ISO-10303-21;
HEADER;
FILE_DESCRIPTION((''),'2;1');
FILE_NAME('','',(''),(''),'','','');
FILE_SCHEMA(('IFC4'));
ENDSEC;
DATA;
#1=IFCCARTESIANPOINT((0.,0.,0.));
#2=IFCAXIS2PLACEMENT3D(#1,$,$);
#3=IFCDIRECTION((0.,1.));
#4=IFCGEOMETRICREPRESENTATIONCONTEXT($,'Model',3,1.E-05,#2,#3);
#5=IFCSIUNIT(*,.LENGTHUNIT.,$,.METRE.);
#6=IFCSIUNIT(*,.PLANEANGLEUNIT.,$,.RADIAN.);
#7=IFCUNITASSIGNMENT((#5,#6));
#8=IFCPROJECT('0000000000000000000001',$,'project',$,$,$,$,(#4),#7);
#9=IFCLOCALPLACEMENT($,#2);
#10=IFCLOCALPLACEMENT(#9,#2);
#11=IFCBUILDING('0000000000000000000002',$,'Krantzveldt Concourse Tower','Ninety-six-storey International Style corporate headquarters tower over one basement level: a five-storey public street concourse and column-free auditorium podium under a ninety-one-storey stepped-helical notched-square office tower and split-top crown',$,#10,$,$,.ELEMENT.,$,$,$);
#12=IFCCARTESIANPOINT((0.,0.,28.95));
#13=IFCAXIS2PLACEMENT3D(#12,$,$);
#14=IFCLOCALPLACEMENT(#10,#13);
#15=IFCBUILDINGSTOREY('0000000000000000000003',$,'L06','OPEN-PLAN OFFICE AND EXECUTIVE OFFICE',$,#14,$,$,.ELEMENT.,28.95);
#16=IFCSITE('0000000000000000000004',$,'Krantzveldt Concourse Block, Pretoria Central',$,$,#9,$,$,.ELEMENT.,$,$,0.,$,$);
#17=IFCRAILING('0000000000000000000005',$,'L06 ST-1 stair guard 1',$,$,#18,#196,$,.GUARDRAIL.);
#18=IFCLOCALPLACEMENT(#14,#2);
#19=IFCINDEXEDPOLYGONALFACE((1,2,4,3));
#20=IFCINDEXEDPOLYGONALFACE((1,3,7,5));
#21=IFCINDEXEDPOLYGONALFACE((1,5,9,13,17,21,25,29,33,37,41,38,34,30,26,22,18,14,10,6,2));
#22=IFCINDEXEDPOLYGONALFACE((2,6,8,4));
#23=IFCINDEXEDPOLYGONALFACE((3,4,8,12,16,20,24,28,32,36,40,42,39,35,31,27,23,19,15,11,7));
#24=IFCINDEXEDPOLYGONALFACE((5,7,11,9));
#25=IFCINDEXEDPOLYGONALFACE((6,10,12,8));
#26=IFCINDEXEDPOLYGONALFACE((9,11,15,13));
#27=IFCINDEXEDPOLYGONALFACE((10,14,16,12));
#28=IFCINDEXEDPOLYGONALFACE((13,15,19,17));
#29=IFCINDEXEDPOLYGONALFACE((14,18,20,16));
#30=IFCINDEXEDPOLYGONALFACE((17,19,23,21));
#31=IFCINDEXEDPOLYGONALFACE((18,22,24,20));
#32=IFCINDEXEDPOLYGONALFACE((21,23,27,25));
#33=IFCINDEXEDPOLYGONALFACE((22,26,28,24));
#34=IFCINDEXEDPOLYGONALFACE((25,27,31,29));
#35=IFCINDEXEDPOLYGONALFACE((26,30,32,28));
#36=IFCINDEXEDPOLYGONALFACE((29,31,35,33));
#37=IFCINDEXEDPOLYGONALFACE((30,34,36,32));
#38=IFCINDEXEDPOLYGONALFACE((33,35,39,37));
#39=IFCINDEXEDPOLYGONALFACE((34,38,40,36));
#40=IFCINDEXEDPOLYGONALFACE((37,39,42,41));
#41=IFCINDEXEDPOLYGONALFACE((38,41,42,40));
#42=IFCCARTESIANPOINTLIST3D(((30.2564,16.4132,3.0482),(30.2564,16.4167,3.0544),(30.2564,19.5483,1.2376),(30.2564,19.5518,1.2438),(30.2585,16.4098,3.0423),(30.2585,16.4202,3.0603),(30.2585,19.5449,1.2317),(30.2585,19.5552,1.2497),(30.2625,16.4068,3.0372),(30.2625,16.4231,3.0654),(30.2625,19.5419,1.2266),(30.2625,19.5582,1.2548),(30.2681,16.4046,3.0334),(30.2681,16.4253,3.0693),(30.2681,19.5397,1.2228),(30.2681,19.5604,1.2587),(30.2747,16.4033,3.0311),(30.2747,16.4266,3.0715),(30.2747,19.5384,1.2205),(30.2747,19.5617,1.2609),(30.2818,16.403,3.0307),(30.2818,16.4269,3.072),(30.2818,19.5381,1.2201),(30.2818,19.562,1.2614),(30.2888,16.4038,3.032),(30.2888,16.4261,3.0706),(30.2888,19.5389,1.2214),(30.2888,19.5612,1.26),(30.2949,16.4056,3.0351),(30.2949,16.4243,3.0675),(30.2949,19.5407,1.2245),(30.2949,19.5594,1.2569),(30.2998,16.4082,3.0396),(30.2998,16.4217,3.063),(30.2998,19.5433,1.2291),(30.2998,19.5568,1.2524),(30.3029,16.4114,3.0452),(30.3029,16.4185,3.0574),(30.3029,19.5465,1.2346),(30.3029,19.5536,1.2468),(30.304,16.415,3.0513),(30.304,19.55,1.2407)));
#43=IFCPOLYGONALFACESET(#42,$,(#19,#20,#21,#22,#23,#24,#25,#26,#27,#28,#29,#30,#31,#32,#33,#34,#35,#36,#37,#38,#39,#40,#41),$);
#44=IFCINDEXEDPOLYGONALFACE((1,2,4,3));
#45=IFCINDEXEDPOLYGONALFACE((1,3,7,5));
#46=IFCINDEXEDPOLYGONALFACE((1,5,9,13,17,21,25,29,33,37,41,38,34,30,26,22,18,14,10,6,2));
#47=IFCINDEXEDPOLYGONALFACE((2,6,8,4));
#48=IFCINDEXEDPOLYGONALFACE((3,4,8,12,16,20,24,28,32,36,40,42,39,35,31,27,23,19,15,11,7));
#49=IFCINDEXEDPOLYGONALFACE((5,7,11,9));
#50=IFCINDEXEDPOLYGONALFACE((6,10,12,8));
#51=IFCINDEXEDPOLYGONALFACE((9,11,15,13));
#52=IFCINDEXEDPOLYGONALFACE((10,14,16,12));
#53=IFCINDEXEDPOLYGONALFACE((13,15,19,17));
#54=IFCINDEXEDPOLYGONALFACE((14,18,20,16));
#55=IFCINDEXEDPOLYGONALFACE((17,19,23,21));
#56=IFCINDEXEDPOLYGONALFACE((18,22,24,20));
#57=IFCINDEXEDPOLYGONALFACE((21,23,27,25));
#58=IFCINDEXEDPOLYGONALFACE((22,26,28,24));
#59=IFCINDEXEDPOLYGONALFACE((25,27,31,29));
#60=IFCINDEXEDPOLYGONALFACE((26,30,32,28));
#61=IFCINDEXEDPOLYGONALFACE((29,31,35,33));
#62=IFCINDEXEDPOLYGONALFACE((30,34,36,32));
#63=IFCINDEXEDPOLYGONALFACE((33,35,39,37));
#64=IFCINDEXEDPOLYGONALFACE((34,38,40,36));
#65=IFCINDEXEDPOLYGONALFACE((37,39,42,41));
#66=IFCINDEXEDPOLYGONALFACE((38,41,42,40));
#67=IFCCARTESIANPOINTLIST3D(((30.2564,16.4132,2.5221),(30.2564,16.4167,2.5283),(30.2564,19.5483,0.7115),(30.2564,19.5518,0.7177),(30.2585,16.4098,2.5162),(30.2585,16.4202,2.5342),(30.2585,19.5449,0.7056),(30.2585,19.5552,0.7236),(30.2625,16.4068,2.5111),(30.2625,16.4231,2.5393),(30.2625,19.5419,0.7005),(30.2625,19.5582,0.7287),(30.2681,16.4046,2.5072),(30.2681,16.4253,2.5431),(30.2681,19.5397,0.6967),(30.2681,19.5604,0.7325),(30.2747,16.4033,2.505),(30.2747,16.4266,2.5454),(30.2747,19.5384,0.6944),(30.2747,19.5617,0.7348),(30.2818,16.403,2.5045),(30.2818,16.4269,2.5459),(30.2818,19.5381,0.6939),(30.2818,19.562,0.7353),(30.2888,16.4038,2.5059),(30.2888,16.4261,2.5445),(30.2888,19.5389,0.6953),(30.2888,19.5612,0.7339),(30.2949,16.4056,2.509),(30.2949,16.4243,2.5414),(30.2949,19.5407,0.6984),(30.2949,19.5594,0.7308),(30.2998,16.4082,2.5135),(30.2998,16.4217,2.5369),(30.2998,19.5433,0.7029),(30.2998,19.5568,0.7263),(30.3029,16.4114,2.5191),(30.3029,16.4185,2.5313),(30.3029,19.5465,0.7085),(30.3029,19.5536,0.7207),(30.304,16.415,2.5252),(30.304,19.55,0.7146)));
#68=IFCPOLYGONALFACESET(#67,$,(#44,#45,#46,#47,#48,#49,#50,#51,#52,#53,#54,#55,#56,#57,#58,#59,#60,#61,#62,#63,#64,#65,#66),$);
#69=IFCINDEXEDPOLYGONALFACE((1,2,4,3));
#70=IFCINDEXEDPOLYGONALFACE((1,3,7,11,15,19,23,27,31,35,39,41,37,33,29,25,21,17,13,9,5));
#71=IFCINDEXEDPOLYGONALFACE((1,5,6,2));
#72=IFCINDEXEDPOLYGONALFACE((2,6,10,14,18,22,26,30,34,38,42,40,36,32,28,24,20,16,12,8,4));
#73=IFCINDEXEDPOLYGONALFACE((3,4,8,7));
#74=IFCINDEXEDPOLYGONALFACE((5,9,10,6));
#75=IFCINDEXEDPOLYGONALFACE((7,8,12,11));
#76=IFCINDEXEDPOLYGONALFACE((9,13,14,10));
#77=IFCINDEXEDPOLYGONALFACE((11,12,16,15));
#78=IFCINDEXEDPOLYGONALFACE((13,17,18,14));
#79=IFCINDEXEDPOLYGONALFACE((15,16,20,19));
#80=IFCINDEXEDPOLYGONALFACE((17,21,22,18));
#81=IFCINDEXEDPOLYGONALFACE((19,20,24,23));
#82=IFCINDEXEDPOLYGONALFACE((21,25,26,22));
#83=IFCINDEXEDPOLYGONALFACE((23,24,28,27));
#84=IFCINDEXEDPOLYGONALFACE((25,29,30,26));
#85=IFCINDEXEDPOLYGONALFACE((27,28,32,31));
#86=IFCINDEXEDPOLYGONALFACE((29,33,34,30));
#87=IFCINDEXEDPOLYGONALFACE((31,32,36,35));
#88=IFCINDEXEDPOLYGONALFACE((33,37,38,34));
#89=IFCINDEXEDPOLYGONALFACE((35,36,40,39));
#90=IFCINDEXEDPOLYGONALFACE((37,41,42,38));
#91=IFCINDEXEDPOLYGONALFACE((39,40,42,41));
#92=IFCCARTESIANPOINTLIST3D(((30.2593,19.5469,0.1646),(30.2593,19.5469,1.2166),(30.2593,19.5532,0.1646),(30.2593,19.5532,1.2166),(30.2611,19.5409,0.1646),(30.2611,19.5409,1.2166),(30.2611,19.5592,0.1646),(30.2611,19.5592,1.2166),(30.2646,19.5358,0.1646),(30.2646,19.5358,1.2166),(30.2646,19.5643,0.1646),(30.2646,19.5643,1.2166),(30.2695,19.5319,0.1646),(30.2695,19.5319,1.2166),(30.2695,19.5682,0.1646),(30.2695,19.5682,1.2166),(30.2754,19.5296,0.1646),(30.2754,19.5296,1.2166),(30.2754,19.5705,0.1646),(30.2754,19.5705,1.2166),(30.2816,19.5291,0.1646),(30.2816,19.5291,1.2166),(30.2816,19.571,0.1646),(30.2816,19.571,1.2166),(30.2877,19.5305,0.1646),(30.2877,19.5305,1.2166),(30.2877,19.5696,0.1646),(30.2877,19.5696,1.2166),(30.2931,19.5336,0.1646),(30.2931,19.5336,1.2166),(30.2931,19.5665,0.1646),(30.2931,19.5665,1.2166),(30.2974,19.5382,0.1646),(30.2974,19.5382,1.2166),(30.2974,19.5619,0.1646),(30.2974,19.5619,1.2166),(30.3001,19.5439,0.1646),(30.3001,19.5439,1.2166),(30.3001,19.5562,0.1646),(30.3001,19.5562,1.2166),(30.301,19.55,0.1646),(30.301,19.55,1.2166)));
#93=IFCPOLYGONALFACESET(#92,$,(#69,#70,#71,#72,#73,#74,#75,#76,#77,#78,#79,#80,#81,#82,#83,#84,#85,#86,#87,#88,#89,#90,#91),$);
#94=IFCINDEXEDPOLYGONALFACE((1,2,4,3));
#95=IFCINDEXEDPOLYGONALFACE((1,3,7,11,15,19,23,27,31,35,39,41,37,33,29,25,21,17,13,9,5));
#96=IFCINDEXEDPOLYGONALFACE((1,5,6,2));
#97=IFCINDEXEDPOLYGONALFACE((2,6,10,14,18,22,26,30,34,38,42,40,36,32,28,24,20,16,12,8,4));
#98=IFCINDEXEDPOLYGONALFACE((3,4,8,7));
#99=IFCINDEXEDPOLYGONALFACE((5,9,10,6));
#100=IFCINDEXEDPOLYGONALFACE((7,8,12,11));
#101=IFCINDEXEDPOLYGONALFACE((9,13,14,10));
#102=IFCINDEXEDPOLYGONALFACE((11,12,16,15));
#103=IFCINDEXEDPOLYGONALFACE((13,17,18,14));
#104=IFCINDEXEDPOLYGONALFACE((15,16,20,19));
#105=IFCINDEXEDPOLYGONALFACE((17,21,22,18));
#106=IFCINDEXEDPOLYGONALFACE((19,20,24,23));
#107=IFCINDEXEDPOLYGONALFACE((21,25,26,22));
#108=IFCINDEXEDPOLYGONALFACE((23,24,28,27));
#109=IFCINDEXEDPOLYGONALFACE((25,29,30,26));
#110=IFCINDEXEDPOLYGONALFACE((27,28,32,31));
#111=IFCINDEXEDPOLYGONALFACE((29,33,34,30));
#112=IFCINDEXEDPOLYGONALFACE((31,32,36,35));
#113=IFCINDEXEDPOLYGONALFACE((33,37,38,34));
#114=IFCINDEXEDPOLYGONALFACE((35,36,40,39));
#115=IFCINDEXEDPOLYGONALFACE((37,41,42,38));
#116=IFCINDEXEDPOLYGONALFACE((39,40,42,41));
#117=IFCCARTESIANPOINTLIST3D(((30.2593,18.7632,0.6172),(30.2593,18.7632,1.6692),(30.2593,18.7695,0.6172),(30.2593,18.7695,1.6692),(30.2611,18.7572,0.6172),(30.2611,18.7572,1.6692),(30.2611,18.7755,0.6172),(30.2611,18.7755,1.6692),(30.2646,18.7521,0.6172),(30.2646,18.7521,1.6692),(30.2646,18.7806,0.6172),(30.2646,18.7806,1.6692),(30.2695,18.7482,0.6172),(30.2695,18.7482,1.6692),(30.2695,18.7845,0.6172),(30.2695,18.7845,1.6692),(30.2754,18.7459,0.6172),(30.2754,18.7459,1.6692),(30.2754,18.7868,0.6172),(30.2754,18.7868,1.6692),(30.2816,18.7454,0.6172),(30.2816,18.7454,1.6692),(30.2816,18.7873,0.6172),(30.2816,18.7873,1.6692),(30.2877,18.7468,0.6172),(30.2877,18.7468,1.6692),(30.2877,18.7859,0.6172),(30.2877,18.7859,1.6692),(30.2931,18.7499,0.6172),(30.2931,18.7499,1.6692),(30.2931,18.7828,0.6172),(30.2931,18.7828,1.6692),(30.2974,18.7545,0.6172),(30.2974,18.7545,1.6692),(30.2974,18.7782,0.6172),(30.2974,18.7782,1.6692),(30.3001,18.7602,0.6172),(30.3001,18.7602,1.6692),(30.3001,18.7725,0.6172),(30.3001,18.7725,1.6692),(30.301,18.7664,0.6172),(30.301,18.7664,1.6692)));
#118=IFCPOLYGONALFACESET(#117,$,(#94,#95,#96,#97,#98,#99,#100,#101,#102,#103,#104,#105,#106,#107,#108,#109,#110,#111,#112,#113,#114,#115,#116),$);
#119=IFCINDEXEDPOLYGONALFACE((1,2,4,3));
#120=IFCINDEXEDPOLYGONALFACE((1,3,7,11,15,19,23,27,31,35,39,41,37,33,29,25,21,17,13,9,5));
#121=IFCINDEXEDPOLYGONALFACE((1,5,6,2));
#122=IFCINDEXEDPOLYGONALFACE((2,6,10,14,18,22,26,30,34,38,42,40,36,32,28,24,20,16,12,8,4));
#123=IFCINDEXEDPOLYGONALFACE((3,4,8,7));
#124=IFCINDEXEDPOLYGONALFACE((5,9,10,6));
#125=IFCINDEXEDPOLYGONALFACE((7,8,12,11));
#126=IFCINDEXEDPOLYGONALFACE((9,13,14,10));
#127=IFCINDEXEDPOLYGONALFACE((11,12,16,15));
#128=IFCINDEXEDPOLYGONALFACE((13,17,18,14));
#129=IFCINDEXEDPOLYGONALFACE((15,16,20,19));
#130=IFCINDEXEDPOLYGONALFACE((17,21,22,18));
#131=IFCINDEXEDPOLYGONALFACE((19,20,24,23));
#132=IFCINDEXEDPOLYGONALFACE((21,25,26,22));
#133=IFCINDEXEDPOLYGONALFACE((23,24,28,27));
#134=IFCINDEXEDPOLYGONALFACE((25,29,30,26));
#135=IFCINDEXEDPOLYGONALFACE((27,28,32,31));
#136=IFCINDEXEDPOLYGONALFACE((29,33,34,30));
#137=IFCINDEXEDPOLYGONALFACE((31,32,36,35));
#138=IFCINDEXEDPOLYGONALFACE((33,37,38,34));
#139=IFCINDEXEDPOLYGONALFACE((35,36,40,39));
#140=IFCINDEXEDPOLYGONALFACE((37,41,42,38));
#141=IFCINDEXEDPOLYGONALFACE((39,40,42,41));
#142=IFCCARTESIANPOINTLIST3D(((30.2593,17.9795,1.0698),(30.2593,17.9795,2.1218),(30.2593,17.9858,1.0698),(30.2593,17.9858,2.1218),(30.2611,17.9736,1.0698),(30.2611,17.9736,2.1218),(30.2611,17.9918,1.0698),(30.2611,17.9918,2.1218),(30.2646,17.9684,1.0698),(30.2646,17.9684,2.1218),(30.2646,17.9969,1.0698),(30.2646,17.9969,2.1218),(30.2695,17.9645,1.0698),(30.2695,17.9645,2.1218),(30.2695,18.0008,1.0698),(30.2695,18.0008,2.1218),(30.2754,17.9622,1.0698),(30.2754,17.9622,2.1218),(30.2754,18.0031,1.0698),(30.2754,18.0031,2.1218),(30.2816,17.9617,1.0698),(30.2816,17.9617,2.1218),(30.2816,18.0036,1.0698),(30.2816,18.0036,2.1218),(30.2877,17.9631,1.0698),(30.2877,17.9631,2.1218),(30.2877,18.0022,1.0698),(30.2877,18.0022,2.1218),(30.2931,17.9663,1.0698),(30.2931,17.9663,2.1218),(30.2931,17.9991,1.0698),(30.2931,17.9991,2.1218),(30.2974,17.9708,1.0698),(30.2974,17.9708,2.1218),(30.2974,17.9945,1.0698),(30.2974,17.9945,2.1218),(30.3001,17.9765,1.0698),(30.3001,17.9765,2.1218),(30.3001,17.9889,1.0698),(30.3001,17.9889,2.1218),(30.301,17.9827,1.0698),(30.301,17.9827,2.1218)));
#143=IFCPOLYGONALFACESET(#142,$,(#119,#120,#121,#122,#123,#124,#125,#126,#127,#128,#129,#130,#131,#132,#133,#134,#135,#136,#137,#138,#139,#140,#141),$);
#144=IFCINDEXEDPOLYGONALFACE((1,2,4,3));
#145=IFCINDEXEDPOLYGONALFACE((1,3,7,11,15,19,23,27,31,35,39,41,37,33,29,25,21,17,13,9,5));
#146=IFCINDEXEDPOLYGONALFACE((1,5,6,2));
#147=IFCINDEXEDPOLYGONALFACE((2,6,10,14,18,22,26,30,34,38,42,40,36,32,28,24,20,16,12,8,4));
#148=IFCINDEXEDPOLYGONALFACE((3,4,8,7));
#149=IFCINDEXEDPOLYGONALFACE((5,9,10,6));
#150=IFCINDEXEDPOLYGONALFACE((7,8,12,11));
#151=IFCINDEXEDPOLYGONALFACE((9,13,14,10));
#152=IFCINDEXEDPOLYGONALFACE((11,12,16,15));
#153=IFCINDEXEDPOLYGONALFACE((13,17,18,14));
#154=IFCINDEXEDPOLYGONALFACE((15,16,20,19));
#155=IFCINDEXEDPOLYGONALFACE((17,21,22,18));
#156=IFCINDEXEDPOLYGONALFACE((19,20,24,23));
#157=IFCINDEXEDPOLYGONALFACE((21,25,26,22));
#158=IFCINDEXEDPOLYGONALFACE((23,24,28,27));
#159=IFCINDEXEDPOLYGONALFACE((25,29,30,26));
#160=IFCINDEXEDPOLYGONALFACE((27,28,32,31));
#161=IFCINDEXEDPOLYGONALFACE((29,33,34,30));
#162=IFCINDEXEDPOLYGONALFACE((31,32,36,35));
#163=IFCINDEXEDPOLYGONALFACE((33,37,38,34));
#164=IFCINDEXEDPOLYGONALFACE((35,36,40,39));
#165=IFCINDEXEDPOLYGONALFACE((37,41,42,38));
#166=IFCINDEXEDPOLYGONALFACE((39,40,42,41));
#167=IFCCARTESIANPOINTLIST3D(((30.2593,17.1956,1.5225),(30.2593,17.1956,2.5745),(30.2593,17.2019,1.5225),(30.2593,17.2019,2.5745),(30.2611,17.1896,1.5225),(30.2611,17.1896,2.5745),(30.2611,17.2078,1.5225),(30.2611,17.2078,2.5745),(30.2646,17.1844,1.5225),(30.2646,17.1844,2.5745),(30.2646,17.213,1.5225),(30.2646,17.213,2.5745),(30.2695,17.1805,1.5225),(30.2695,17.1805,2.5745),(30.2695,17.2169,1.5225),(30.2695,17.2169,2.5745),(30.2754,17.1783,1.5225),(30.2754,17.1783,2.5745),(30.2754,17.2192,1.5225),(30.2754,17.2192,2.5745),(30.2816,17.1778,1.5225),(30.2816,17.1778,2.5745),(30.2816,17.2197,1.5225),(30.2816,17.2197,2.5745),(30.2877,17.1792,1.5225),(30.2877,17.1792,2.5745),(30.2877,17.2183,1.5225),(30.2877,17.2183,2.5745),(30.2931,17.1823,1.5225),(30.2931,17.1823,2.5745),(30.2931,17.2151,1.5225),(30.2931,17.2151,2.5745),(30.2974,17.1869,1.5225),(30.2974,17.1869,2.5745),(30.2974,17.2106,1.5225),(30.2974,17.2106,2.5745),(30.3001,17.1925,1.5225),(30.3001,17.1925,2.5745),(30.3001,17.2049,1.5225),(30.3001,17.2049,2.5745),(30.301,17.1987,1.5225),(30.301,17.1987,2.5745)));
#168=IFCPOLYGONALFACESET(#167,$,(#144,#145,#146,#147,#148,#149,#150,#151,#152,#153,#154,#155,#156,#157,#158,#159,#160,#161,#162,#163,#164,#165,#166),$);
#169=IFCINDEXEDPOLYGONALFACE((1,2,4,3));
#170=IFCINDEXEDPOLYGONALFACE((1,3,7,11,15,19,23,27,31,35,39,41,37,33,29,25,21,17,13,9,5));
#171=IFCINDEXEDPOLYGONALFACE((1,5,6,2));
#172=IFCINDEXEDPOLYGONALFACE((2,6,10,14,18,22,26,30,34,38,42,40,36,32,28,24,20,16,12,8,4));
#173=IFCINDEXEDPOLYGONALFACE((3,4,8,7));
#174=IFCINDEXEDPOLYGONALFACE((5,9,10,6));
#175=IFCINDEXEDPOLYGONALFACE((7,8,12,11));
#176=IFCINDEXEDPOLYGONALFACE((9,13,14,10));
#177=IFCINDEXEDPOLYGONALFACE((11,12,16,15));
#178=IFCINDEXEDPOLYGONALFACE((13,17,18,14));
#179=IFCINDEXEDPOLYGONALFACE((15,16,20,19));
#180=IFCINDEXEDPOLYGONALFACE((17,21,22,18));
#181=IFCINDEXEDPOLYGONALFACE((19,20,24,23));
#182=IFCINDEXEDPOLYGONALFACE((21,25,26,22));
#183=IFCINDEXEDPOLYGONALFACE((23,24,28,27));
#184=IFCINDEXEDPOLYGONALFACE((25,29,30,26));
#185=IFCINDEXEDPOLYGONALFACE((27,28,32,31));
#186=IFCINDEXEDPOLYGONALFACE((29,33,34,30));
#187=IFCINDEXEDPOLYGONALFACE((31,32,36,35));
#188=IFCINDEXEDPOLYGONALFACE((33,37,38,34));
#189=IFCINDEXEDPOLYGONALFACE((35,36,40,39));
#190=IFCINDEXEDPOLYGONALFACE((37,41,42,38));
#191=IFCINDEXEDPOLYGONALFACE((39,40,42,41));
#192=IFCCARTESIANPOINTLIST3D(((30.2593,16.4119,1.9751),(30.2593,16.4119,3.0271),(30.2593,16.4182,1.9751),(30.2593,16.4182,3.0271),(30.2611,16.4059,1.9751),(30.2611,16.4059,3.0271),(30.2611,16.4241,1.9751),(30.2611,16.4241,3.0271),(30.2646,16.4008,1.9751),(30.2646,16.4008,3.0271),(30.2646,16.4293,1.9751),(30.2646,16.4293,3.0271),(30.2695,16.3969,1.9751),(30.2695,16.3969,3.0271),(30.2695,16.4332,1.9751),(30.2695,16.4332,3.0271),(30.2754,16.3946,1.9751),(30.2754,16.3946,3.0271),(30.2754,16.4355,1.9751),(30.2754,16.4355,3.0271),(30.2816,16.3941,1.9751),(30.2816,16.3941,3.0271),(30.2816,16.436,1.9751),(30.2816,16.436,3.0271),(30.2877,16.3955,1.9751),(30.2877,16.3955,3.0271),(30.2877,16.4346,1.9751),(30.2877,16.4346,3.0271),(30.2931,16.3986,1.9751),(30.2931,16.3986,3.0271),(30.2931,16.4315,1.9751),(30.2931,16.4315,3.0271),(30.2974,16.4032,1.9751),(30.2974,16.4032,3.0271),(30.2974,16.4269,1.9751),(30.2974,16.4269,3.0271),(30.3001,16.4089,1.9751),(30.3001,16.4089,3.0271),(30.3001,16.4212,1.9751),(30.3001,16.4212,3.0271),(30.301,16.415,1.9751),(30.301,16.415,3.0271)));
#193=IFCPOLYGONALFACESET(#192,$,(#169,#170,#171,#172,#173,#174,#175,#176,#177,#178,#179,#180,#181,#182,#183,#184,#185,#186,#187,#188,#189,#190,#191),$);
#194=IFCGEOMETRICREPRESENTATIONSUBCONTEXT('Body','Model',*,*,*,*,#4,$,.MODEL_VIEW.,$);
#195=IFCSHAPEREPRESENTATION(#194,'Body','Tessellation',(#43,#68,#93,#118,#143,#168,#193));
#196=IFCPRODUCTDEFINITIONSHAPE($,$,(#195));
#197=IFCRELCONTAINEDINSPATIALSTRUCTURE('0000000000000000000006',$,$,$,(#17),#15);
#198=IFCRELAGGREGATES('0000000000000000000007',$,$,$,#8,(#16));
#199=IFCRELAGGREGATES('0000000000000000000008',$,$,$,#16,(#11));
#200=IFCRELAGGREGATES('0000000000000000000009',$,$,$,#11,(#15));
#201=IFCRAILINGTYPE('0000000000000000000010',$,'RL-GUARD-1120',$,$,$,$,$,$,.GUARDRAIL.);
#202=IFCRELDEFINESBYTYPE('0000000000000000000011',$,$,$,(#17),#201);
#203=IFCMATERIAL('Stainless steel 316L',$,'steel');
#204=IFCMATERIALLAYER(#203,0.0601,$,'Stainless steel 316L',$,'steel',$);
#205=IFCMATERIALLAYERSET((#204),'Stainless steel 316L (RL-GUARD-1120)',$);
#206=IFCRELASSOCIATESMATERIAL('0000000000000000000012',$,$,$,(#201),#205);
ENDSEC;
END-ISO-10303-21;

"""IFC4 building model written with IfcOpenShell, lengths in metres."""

from ifc_helpers import new_model, si_unit, direction, frame, origin, origin_2d, place, context, subcontext, project, spatial, circle, extrude, material, layer, layer_set, type_object, element, save


model = new_model("IFC4")

# Units and contexts
model_context = context("Model", 3, precision=1e-05, world=origin(), true_north=direction((0.0, 1.0)))
body_context = subcontext(model_context, "Body", "Model", "MODEL_VIEW")
ifc_project = project(units=[si_unit("LENGTHUNIT", "METRE"), si_unit("PLANEANGLEUNIT", "RADIAN")], contexts=[model_context])

# Site, building, storey
site_placement = place(None, origin())
site = spatial("IfcSite", under=ifc_project, at=site_placement, Name="Krantzveldt Concourse Block, Pretoria Central", CompositionType="ELEMENT", RefElevation=0.0)
building_placement = place(site_placement, origin())
building = spatial("IfcBuilding", under=site, at=building_placement, Name="Krantzveldt Concourse Tower", Description="Ninety-six-storey International Style corporate headquarters tower over one basement level: a five-storey public street concourse and column-free auditorium podium under a ninety-one-storey stepped-helical notched-square office tower and split-top crown", CompositionType="ELEMENT")
storey_placement = place(building_placement, frame((0.0, 0.0, 28.95)))
storey = spatial("IfcBuildingStorey", under=building, at=storey_placement, Name="L06", Description="OPEN-PLAN OFFICE AND EXECUTIVE OFFICE", CompositionType="ELEMENT", Elevation=28.95)

# Railing
ifc_material_1 = material(Name="Stainless steel 316L", Category="steel")
ifc_layer_1 = layer(ifc_material_1, 0.0601, Name="Stainless steel 316L", Category="steel")
ifc_layer_set_1 = layer_set([ifc_layer_1], Name="Stainless steel 316L (RL-GUARD-1120)")
railing_type_1 = type_object("IfcRailingType", Name="RL-GUARD-1120", PredefinedType="GUARDRAIL", material=ifc_layer_set_1)
railing_1_placement = place(storey_placement, frame((30.28, 19.55, 0.1646)))
element("IfcRailing", 1, at=railing_1_placement, inside=storey, type_object=railing_type_1, Name="L06 ST-1 stair guard 1", PredefinedType="GUARDRAIL", context=body_context, shape_type="SweptSolid", body=[
    extrude(circle(Radius=0.0239, at=origin_2d()), frame((0.0, 0.0, 1.0762), z_axis=(0.0, -0.86596, 0.500114), x_axis=(1.0, 0.0, 0.0)), (0.0, 0.0, 1.0), 3.6204),
    extrude(circle(Radius=0.0239, at=origin_2d()), frame((0.0, 0.0, 0.55), z_axis=(0.0, -0.86596, 0.500114), x_axis=(1.0, 0.0, 0.0)), (0.0, 0.0, 1.0), 3.6204),
    extrude(circle(Radius=0.021, at=origin_2d()), origin(), (0.0, 0.0, 1.0), 1.052),
    extrude(circle(Radius=0.021, at=origin_2d()), frame((0.0, -0.7837, 0.4526)), (0.0, 0.0, 1.0), 1.052),
    extrude(circle(Radius=0.021, at=origin_2d()), frame((0.0, -1.5674, 0.9053)), (0.0, 0.0, 1.0), 1.052),
    extrude(circle(Radius=0.021, at=origin_2d()), frame((0.0, -2.3513, 1.3579)), (0.0, 0.0, 1.0), 1.052),
    extrude(circle(Radius=0.021, at=origin_2d()), frame((0.0, -3.135, 1.8105)), (0.0, 0.0, 1.0), 1.052),
])

save(model, "model.ifc")
